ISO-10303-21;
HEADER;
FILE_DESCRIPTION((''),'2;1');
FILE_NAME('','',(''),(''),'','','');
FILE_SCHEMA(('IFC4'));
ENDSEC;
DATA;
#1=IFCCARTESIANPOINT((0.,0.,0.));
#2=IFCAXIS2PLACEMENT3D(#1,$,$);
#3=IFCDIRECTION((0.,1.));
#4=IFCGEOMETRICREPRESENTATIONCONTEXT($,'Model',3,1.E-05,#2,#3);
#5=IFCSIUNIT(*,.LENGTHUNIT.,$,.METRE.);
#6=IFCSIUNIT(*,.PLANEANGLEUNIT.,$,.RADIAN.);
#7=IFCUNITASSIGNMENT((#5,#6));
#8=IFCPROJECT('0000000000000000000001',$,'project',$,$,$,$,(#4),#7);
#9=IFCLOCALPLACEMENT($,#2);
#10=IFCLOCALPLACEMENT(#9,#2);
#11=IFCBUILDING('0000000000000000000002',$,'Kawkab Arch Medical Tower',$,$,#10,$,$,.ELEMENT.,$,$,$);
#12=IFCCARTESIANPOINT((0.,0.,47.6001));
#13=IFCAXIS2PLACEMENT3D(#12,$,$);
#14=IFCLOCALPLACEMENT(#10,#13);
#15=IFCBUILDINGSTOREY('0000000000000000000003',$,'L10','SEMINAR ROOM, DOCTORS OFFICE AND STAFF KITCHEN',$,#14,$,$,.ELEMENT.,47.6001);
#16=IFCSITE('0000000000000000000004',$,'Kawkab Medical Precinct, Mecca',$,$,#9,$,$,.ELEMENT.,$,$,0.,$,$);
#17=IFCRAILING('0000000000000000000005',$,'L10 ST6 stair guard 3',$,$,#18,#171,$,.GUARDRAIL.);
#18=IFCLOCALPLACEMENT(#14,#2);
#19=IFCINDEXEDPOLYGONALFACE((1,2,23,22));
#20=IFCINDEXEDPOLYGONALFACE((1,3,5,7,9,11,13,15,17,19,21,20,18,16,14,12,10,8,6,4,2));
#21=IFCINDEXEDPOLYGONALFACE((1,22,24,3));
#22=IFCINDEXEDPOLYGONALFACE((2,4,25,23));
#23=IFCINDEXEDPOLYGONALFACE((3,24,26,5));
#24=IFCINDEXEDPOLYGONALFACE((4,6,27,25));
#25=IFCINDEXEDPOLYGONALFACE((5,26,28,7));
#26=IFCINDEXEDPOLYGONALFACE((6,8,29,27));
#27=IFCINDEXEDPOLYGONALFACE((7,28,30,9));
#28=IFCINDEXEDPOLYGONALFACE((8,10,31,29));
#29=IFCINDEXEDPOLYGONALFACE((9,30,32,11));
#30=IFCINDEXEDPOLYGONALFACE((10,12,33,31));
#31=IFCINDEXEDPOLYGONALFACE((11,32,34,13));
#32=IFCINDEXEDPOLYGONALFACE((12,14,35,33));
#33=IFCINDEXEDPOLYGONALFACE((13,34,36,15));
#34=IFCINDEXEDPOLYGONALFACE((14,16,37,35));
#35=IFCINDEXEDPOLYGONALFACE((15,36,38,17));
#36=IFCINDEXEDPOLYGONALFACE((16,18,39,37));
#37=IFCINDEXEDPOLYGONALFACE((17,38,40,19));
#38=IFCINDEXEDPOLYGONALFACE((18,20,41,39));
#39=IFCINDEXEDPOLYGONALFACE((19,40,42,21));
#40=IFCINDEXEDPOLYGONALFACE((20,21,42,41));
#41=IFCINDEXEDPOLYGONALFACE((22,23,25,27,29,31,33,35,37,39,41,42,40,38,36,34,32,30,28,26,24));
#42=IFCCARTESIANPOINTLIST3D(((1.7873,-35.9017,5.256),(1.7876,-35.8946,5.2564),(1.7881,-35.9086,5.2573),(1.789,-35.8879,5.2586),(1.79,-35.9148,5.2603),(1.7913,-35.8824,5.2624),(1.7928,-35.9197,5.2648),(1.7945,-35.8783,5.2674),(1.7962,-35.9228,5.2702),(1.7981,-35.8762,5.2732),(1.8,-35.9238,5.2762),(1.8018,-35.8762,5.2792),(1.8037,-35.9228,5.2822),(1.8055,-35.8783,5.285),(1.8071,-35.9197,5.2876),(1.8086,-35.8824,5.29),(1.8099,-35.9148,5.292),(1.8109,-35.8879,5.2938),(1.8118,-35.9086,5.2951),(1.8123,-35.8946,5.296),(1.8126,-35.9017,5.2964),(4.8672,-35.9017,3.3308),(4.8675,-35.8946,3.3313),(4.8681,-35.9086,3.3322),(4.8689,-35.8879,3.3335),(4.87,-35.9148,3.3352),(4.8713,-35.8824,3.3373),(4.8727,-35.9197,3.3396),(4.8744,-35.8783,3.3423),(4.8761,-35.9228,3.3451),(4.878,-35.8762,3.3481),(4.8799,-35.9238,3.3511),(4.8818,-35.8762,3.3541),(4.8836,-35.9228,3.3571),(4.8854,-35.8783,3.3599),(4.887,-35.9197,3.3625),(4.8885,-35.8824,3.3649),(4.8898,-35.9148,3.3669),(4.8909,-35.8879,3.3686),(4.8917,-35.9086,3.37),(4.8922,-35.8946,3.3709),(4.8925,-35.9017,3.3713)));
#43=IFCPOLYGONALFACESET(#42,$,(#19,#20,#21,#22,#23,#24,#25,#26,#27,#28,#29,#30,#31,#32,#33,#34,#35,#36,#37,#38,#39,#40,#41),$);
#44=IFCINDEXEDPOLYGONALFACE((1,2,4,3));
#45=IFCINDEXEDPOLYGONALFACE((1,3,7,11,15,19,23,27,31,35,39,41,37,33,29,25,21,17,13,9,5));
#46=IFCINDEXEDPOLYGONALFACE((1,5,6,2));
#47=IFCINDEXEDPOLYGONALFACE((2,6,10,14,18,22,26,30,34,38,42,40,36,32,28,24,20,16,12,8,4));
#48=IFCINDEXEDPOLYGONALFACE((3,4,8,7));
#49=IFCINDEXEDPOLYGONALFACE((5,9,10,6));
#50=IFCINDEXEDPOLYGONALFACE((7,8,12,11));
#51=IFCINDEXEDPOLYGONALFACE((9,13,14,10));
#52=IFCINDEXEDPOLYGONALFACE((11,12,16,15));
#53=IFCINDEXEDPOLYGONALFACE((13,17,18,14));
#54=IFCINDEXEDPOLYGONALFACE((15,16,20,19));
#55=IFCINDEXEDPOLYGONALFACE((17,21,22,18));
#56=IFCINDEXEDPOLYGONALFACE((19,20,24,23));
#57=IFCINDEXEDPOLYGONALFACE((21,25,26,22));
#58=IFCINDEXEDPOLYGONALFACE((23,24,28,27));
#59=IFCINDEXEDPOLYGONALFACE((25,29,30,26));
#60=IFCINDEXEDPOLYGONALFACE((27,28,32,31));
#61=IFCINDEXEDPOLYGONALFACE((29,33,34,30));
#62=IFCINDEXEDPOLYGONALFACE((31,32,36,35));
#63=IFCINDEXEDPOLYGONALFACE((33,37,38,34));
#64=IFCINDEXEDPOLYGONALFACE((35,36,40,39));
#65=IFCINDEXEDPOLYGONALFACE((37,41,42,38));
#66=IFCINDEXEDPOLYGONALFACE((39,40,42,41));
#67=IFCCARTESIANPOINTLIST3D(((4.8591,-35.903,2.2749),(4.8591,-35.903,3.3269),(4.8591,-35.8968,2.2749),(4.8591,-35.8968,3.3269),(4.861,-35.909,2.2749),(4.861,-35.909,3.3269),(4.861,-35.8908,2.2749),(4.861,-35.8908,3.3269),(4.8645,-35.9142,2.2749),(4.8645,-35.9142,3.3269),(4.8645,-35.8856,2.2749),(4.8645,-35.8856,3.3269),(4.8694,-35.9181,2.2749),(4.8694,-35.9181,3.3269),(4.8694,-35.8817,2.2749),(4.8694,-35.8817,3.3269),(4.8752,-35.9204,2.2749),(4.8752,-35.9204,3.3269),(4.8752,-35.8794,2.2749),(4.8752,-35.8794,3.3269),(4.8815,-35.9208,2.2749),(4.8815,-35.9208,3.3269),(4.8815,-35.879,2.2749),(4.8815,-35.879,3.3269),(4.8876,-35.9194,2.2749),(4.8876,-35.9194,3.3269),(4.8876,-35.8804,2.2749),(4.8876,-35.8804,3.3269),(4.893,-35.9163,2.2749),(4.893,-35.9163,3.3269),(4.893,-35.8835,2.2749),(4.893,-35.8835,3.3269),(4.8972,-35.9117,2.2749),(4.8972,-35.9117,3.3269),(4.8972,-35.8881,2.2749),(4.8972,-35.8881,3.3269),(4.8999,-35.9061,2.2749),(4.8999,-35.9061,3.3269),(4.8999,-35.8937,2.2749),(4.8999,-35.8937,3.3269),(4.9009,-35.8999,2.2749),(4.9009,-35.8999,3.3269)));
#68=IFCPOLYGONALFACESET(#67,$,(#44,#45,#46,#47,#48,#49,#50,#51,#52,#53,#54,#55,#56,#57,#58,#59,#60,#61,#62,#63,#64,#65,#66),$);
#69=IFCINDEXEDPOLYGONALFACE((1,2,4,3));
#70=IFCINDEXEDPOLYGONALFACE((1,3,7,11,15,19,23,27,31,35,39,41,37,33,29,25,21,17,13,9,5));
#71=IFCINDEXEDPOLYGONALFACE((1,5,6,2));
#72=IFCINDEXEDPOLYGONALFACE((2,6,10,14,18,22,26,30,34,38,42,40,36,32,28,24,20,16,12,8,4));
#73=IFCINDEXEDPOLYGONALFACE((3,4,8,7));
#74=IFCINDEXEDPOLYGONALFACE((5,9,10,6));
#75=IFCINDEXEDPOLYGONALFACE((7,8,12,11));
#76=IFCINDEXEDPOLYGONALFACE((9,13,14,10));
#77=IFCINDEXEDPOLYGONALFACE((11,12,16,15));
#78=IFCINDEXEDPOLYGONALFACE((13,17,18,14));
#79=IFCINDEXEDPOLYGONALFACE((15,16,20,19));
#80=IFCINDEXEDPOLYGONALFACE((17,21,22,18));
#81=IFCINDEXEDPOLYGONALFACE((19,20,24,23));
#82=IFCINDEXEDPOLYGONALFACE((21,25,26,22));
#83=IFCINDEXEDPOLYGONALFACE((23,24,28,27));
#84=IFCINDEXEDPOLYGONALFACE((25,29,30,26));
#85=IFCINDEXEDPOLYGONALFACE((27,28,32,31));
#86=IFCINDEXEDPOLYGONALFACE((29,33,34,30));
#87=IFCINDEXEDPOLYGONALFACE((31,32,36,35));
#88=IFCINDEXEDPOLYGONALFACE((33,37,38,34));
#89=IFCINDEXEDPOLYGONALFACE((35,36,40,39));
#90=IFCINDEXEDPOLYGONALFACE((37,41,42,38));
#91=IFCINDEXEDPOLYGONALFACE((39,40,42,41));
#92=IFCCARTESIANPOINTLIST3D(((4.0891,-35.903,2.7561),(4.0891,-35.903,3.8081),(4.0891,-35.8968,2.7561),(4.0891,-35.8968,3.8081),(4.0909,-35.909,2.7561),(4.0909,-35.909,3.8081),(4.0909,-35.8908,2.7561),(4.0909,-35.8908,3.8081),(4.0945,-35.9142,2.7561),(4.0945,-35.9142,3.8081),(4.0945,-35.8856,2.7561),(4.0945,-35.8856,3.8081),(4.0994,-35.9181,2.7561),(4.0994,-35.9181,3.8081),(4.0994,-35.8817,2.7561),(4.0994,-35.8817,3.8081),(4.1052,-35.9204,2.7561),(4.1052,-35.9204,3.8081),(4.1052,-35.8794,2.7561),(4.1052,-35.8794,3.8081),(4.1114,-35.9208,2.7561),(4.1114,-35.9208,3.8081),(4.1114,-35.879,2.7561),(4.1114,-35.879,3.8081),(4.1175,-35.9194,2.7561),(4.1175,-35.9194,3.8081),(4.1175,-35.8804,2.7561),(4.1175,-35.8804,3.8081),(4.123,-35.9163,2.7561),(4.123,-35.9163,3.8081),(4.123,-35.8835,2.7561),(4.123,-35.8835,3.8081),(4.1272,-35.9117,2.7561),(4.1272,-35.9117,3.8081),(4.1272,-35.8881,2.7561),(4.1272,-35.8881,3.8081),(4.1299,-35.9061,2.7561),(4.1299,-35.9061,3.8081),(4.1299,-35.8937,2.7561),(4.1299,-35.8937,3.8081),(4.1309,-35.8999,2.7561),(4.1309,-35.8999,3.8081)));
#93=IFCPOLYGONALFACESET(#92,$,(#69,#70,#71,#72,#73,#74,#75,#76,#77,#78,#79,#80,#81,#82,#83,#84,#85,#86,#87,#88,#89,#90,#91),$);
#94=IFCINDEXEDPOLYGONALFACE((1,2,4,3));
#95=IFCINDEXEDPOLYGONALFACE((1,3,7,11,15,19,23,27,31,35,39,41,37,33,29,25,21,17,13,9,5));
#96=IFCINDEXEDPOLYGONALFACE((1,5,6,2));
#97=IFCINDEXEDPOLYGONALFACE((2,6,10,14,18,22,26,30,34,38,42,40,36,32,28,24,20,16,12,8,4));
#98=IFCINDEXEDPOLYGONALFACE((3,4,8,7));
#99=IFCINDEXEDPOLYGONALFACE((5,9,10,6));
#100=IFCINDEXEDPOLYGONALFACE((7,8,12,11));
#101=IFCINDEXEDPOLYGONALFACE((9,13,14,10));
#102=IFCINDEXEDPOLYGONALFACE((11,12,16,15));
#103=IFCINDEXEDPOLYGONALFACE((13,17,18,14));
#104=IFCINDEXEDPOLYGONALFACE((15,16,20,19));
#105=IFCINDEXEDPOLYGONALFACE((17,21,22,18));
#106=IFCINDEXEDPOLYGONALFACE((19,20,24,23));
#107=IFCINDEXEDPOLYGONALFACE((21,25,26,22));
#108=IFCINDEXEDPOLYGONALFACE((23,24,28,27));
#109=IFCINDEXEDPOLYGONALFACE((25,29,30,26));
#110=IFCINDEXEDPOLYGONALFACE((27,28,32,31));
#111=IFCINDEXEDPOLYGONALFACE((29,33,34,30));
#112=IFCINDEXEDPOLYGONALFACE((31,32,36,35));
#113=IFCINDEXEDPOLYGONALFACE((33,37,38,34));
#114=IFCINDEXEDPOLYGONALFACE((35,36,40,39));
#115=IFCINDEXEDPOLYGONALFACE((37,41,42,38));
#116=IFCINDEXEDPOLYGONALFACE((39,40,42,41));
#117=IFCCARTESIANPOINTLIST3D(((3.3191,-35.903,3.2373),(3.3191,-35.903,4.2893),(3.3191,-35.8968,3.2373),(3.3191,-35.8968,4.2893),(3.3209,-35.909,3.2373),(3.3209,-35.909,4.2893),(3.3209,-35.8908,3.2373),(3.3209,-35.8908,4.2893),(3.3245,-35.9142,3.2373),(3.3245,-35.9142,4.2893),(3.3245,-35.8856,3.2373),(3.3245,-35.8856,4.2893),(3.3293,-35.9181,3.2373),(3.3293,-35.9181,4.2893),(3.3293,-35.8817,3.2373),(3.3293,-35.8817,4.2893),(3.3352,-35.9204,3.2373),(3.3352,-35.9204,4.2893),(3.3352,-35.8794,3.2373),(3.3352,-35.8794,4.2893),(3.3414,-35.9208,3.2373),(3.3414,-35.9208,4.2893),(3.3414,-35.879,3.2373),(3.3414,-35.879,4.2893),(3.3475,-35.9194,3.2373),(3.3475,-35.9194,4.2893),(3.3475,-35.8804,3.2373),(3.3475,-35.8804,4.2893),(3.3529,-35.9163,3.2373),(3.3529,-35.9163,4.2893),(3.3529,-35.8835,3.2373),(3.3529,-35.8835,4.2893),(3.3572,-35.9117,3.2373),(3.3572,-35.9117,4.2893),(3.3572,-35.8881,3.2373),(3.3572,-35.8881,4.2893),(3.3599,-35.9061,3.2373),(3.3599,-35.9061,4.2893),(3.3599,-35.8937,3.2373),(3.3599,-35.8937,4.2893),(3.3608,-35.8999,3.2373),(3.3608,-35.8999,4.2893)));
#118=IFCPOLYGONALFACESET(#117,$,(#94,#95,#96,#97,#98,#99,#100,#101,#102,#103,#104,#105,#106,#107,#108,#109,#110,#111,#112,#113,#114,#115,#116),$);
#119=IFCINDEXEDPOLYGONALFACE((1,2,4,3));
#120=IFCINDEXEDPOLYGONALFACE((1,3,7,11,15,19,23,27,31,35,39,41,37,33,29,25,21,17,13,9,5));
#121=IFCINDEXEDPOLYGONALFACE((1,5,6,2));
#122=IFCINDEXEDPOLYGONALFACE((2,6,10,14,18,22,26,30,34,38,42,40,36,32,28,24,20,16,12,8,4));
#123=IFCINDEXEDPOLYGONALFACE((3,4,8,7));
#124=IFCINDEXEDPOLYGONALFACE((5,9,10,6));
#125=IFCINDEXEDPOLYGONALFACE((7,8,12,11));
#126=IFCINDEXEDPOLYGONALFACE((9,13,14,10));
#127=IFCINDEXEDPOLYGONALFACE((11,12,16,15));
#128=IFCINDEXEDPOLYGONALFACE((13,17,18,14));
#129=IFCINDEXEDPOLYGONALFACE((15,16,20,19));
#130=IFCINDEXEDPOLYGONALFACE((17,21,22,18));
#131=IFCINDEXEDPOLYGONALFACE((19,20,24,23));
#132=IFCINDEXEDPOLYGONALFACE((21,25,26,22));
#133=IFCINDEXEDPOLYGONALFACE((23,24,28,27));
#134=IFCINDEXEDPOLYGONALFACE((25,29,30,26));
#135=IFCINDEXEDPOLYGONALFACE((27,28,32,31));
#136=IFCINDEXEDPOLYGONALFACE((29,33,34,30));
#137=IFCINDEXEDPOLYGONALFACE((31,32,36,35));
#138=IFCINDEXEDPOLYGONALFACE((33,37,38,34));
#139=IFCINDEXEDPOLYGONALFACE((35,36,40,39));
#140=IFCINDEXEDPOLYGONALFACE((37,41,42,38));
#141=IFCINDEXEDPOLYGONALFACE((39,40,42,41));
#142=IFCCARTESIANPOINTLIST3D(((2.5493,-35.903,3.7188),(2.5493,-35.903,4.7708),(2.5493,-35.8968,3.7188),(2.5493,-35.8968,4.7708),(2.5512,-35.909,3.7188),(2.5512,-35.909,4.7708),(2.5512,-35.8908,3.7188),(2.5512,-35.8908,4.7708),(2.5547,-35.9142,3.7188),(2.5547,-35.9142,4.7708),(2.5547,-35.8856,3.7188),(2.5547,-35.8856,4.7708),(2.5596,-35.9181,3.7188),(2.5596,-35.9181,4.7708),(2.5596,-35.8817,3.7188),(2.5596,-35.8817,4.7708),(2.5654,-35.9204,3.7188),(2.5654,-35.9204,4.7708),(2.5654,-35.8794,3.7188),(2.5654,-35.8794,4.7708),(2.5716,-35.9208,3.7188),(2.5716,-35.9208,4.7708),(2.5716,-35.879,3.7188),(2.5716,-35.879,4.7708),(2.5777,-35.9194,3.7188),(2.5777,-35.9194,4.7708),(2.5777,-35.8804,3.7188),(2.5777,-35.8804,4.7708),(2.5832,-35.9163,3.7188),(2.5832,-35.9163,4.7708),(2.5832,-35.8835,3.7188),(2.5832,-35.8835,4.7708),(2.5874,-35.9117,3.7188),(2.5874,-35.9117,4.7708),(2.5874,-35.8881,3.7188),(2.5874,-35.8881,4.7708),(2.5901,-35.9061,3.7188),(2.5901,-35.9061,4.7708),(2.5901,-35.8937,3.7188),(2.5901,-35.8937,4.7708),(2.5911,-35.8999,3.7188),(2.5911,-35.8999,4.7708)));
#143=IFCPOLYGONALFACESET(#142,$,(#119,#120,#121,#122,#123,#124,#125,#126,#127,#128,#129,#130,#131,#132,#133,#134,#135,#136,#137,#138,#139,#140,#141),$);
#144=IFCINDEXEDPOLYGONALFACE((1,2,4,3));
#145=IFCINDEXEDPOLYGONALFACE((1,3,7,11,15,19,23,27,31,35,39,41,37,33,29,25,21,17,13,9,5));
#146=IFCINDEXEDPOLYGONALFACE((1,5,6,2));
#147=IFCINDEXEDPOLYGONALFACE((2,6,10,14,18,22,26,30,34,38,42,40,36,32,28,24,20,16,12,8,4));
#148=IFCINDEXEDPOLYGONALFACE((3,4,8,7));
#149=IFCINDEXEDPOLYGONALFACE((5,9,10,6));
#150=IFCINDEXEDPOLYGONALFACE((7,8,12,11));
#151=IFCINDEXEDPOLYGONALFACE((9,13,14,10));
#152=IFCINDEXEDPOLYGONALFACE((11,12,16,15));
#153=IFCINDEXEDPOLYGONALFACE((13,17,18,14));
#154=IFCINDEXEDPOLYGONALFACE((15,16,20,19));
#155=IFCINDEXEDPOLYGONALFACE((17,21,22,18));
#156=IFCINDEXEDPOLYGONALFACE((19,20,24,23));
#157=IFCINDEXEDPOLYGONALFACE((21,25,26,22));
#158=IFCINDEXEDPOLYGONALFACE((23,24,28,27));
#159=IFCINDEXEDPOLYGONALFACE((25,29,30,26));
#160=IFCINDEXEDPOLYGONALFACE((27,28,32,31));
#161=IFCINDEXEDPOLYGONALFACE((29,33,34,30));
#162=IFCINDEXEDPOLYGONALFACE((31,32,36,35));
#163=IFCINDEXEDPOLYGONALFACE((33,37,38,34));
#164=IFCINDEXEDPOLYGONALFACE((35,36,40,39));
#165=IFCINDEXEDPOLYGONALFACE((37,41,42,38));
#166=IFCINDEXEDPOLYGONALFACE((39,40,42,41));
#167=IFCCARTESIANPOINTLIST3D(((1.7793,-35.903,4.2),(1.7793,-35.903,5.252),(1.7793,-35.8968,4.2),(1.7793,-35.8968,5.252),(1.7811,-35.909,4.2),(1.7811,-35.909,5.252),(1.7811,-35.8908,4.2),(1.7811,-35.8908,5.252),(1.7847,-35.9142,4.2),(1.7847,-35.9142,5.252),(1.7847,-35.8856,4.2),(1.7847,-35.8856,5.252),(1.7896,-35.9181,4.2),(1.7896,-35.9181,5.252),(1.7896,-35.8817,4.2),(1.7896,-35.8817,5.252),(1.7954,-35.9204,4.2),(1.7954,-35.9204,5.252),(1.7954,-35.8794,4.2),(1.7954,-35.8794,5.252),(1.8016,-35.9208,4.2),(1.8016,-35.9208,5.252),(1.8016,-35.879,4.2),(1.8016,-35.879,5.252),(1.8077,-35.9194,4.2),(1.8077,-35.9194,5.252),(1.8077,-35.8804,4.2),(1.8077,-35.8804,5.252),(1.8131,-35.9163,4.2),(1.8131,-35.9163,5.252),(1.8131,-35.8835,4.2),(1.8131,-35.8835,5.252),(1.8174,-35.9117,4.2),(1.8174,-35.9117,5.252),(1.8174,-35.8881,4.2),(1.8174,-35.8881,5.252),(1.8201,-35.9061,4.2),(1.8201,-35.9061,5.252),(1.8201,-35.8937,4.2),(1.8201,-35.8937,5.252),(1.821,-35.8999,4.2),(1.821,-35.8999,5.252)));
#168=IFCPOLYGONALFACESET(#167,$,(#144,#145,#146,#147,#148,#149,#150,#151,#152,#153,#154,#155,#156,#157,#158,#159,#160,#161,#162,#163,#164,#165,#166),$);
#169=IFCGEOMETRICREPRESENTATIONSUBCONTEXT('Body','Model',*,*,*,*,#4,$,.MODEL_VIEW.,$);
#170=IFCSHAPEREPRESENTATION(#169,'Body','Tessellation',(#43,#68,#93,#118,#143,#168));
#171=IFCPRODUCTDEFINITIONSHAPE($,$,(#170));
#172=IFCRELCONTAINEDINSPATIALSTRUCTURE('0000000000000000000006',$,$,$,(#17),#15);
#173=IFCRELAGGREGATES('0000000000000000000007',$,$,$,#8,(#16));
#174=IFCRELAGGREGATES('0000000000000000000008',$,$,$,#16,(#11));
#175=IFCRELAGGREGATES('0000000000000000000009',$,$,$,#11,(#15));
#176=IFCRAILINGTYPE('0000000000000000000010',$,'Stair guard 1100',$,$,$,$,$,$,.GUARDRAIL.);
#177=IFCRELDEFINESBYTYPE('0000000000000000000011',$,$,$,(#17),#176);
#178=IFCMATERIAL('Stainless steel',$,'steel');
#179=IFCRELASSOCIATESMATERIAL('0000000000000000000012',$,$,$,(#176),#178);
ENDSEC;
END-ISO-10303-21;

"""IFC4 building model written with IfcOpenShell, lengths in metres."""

from ifc_helpers import new_model, si_unit, direction, frame, origin, origin_2d, place, context, subcontext, project, spatial, circle, extrude, material, type_object, element, save


model = new_model("IFC4")

# Units and contexts
model_context = context("Model", 3, precision=1e-05, world=origin(), true_north=direction((0.0, 1.0)))
body_context = subcontext(model_context, "Body", "Model", "MODEL_VIEW")
ifc_project = project(units=[si_unit("LENGTHUNIT", "METRE"), si_unit("PLANEANGLEUNIT", "RADIAN")], contexts=[model_context])

# Site, building, storey
site_placement = place(None, origin())
site = spatial("IfcSite", under=ifc_project, at=site_placement, Name="Kawkab Medical Precinct, Mecca", CompositionType="ELEMENT", RefElevation=0.0)
building_placement = place(site_placement, origin())
building = spatial("IfcBuilding", under=site, at=building_placement, Name="Kawkab Arch Medical Tower", CompositionType="ELEMENT")
storey_placement = place(building_placement, frame((0.0, 0.0, 47.6001)))
storey = spatial("IfcBuildingStorey", under=building, at=storey_placement, Name="L10", Description="SEMINAR ROOM, DOCTORS OFFICE AND STAFF KITCHEN", CompositionType="ELEMENT", Elevation=47.6001)

# Railing
ifc_material_1 = material(Name="Stainless steel", Category="steel")
railing_type = type_object("IfcRailingType", Name="Stair guard 1100", PredefinedType="GUARDRAIL", material=ifc_material_1)
railing_1_placement = place(storey_placement, frame((4.8799, -35.8999, 2.2749)))
element("IfcRailing", 1, at=railing_1_placement, inside=storey, type_object=railing_type, Name="L10 ST6 stair guard 3", PredefinedType="GUARDRAIL", context=body_context, shape_type="SweptSolid", body=[
    extrude(circle(Radius=0.0239, at=origin_2d()), frame((0.0, 0.0, 1.0762), z_axis=(-0.847979, 0.0, 0.530029), x_axis=(0.0, -1.0, 0.0)), (0.0, 0.0, 1.0), 3.6321),
    extrude(circle(Radius=0.021, at=origin_2d()), origin(), (0.0, 0.0, 1.0), 1.052),
    extrude(circle(Radius=0.021, at=origin_2d()), frame((-0.77, 0.0, 0.4812)), (0.0, 0.0, 1.0), 1.052),
    extrude(circle(Radius=0.021, at=origin_2d()), frame((-1.54, 0.0, 0.9624)), (0.0, 0.0, 1.0), 1.052),
    extrude(circle(Radius=0.021, at=origin_2d()), frame((-2.3098, 0.0, 1.4438)), (0.0, 0.0, 1.0), 1.052),
    extrude(circle(Radius=0.021, at=origin_2d()), frame((-3.0798, 0.0, 1.925)), (0.0, 0.0, 1.0), 1.052),
])

save(model, "model.ifc")
